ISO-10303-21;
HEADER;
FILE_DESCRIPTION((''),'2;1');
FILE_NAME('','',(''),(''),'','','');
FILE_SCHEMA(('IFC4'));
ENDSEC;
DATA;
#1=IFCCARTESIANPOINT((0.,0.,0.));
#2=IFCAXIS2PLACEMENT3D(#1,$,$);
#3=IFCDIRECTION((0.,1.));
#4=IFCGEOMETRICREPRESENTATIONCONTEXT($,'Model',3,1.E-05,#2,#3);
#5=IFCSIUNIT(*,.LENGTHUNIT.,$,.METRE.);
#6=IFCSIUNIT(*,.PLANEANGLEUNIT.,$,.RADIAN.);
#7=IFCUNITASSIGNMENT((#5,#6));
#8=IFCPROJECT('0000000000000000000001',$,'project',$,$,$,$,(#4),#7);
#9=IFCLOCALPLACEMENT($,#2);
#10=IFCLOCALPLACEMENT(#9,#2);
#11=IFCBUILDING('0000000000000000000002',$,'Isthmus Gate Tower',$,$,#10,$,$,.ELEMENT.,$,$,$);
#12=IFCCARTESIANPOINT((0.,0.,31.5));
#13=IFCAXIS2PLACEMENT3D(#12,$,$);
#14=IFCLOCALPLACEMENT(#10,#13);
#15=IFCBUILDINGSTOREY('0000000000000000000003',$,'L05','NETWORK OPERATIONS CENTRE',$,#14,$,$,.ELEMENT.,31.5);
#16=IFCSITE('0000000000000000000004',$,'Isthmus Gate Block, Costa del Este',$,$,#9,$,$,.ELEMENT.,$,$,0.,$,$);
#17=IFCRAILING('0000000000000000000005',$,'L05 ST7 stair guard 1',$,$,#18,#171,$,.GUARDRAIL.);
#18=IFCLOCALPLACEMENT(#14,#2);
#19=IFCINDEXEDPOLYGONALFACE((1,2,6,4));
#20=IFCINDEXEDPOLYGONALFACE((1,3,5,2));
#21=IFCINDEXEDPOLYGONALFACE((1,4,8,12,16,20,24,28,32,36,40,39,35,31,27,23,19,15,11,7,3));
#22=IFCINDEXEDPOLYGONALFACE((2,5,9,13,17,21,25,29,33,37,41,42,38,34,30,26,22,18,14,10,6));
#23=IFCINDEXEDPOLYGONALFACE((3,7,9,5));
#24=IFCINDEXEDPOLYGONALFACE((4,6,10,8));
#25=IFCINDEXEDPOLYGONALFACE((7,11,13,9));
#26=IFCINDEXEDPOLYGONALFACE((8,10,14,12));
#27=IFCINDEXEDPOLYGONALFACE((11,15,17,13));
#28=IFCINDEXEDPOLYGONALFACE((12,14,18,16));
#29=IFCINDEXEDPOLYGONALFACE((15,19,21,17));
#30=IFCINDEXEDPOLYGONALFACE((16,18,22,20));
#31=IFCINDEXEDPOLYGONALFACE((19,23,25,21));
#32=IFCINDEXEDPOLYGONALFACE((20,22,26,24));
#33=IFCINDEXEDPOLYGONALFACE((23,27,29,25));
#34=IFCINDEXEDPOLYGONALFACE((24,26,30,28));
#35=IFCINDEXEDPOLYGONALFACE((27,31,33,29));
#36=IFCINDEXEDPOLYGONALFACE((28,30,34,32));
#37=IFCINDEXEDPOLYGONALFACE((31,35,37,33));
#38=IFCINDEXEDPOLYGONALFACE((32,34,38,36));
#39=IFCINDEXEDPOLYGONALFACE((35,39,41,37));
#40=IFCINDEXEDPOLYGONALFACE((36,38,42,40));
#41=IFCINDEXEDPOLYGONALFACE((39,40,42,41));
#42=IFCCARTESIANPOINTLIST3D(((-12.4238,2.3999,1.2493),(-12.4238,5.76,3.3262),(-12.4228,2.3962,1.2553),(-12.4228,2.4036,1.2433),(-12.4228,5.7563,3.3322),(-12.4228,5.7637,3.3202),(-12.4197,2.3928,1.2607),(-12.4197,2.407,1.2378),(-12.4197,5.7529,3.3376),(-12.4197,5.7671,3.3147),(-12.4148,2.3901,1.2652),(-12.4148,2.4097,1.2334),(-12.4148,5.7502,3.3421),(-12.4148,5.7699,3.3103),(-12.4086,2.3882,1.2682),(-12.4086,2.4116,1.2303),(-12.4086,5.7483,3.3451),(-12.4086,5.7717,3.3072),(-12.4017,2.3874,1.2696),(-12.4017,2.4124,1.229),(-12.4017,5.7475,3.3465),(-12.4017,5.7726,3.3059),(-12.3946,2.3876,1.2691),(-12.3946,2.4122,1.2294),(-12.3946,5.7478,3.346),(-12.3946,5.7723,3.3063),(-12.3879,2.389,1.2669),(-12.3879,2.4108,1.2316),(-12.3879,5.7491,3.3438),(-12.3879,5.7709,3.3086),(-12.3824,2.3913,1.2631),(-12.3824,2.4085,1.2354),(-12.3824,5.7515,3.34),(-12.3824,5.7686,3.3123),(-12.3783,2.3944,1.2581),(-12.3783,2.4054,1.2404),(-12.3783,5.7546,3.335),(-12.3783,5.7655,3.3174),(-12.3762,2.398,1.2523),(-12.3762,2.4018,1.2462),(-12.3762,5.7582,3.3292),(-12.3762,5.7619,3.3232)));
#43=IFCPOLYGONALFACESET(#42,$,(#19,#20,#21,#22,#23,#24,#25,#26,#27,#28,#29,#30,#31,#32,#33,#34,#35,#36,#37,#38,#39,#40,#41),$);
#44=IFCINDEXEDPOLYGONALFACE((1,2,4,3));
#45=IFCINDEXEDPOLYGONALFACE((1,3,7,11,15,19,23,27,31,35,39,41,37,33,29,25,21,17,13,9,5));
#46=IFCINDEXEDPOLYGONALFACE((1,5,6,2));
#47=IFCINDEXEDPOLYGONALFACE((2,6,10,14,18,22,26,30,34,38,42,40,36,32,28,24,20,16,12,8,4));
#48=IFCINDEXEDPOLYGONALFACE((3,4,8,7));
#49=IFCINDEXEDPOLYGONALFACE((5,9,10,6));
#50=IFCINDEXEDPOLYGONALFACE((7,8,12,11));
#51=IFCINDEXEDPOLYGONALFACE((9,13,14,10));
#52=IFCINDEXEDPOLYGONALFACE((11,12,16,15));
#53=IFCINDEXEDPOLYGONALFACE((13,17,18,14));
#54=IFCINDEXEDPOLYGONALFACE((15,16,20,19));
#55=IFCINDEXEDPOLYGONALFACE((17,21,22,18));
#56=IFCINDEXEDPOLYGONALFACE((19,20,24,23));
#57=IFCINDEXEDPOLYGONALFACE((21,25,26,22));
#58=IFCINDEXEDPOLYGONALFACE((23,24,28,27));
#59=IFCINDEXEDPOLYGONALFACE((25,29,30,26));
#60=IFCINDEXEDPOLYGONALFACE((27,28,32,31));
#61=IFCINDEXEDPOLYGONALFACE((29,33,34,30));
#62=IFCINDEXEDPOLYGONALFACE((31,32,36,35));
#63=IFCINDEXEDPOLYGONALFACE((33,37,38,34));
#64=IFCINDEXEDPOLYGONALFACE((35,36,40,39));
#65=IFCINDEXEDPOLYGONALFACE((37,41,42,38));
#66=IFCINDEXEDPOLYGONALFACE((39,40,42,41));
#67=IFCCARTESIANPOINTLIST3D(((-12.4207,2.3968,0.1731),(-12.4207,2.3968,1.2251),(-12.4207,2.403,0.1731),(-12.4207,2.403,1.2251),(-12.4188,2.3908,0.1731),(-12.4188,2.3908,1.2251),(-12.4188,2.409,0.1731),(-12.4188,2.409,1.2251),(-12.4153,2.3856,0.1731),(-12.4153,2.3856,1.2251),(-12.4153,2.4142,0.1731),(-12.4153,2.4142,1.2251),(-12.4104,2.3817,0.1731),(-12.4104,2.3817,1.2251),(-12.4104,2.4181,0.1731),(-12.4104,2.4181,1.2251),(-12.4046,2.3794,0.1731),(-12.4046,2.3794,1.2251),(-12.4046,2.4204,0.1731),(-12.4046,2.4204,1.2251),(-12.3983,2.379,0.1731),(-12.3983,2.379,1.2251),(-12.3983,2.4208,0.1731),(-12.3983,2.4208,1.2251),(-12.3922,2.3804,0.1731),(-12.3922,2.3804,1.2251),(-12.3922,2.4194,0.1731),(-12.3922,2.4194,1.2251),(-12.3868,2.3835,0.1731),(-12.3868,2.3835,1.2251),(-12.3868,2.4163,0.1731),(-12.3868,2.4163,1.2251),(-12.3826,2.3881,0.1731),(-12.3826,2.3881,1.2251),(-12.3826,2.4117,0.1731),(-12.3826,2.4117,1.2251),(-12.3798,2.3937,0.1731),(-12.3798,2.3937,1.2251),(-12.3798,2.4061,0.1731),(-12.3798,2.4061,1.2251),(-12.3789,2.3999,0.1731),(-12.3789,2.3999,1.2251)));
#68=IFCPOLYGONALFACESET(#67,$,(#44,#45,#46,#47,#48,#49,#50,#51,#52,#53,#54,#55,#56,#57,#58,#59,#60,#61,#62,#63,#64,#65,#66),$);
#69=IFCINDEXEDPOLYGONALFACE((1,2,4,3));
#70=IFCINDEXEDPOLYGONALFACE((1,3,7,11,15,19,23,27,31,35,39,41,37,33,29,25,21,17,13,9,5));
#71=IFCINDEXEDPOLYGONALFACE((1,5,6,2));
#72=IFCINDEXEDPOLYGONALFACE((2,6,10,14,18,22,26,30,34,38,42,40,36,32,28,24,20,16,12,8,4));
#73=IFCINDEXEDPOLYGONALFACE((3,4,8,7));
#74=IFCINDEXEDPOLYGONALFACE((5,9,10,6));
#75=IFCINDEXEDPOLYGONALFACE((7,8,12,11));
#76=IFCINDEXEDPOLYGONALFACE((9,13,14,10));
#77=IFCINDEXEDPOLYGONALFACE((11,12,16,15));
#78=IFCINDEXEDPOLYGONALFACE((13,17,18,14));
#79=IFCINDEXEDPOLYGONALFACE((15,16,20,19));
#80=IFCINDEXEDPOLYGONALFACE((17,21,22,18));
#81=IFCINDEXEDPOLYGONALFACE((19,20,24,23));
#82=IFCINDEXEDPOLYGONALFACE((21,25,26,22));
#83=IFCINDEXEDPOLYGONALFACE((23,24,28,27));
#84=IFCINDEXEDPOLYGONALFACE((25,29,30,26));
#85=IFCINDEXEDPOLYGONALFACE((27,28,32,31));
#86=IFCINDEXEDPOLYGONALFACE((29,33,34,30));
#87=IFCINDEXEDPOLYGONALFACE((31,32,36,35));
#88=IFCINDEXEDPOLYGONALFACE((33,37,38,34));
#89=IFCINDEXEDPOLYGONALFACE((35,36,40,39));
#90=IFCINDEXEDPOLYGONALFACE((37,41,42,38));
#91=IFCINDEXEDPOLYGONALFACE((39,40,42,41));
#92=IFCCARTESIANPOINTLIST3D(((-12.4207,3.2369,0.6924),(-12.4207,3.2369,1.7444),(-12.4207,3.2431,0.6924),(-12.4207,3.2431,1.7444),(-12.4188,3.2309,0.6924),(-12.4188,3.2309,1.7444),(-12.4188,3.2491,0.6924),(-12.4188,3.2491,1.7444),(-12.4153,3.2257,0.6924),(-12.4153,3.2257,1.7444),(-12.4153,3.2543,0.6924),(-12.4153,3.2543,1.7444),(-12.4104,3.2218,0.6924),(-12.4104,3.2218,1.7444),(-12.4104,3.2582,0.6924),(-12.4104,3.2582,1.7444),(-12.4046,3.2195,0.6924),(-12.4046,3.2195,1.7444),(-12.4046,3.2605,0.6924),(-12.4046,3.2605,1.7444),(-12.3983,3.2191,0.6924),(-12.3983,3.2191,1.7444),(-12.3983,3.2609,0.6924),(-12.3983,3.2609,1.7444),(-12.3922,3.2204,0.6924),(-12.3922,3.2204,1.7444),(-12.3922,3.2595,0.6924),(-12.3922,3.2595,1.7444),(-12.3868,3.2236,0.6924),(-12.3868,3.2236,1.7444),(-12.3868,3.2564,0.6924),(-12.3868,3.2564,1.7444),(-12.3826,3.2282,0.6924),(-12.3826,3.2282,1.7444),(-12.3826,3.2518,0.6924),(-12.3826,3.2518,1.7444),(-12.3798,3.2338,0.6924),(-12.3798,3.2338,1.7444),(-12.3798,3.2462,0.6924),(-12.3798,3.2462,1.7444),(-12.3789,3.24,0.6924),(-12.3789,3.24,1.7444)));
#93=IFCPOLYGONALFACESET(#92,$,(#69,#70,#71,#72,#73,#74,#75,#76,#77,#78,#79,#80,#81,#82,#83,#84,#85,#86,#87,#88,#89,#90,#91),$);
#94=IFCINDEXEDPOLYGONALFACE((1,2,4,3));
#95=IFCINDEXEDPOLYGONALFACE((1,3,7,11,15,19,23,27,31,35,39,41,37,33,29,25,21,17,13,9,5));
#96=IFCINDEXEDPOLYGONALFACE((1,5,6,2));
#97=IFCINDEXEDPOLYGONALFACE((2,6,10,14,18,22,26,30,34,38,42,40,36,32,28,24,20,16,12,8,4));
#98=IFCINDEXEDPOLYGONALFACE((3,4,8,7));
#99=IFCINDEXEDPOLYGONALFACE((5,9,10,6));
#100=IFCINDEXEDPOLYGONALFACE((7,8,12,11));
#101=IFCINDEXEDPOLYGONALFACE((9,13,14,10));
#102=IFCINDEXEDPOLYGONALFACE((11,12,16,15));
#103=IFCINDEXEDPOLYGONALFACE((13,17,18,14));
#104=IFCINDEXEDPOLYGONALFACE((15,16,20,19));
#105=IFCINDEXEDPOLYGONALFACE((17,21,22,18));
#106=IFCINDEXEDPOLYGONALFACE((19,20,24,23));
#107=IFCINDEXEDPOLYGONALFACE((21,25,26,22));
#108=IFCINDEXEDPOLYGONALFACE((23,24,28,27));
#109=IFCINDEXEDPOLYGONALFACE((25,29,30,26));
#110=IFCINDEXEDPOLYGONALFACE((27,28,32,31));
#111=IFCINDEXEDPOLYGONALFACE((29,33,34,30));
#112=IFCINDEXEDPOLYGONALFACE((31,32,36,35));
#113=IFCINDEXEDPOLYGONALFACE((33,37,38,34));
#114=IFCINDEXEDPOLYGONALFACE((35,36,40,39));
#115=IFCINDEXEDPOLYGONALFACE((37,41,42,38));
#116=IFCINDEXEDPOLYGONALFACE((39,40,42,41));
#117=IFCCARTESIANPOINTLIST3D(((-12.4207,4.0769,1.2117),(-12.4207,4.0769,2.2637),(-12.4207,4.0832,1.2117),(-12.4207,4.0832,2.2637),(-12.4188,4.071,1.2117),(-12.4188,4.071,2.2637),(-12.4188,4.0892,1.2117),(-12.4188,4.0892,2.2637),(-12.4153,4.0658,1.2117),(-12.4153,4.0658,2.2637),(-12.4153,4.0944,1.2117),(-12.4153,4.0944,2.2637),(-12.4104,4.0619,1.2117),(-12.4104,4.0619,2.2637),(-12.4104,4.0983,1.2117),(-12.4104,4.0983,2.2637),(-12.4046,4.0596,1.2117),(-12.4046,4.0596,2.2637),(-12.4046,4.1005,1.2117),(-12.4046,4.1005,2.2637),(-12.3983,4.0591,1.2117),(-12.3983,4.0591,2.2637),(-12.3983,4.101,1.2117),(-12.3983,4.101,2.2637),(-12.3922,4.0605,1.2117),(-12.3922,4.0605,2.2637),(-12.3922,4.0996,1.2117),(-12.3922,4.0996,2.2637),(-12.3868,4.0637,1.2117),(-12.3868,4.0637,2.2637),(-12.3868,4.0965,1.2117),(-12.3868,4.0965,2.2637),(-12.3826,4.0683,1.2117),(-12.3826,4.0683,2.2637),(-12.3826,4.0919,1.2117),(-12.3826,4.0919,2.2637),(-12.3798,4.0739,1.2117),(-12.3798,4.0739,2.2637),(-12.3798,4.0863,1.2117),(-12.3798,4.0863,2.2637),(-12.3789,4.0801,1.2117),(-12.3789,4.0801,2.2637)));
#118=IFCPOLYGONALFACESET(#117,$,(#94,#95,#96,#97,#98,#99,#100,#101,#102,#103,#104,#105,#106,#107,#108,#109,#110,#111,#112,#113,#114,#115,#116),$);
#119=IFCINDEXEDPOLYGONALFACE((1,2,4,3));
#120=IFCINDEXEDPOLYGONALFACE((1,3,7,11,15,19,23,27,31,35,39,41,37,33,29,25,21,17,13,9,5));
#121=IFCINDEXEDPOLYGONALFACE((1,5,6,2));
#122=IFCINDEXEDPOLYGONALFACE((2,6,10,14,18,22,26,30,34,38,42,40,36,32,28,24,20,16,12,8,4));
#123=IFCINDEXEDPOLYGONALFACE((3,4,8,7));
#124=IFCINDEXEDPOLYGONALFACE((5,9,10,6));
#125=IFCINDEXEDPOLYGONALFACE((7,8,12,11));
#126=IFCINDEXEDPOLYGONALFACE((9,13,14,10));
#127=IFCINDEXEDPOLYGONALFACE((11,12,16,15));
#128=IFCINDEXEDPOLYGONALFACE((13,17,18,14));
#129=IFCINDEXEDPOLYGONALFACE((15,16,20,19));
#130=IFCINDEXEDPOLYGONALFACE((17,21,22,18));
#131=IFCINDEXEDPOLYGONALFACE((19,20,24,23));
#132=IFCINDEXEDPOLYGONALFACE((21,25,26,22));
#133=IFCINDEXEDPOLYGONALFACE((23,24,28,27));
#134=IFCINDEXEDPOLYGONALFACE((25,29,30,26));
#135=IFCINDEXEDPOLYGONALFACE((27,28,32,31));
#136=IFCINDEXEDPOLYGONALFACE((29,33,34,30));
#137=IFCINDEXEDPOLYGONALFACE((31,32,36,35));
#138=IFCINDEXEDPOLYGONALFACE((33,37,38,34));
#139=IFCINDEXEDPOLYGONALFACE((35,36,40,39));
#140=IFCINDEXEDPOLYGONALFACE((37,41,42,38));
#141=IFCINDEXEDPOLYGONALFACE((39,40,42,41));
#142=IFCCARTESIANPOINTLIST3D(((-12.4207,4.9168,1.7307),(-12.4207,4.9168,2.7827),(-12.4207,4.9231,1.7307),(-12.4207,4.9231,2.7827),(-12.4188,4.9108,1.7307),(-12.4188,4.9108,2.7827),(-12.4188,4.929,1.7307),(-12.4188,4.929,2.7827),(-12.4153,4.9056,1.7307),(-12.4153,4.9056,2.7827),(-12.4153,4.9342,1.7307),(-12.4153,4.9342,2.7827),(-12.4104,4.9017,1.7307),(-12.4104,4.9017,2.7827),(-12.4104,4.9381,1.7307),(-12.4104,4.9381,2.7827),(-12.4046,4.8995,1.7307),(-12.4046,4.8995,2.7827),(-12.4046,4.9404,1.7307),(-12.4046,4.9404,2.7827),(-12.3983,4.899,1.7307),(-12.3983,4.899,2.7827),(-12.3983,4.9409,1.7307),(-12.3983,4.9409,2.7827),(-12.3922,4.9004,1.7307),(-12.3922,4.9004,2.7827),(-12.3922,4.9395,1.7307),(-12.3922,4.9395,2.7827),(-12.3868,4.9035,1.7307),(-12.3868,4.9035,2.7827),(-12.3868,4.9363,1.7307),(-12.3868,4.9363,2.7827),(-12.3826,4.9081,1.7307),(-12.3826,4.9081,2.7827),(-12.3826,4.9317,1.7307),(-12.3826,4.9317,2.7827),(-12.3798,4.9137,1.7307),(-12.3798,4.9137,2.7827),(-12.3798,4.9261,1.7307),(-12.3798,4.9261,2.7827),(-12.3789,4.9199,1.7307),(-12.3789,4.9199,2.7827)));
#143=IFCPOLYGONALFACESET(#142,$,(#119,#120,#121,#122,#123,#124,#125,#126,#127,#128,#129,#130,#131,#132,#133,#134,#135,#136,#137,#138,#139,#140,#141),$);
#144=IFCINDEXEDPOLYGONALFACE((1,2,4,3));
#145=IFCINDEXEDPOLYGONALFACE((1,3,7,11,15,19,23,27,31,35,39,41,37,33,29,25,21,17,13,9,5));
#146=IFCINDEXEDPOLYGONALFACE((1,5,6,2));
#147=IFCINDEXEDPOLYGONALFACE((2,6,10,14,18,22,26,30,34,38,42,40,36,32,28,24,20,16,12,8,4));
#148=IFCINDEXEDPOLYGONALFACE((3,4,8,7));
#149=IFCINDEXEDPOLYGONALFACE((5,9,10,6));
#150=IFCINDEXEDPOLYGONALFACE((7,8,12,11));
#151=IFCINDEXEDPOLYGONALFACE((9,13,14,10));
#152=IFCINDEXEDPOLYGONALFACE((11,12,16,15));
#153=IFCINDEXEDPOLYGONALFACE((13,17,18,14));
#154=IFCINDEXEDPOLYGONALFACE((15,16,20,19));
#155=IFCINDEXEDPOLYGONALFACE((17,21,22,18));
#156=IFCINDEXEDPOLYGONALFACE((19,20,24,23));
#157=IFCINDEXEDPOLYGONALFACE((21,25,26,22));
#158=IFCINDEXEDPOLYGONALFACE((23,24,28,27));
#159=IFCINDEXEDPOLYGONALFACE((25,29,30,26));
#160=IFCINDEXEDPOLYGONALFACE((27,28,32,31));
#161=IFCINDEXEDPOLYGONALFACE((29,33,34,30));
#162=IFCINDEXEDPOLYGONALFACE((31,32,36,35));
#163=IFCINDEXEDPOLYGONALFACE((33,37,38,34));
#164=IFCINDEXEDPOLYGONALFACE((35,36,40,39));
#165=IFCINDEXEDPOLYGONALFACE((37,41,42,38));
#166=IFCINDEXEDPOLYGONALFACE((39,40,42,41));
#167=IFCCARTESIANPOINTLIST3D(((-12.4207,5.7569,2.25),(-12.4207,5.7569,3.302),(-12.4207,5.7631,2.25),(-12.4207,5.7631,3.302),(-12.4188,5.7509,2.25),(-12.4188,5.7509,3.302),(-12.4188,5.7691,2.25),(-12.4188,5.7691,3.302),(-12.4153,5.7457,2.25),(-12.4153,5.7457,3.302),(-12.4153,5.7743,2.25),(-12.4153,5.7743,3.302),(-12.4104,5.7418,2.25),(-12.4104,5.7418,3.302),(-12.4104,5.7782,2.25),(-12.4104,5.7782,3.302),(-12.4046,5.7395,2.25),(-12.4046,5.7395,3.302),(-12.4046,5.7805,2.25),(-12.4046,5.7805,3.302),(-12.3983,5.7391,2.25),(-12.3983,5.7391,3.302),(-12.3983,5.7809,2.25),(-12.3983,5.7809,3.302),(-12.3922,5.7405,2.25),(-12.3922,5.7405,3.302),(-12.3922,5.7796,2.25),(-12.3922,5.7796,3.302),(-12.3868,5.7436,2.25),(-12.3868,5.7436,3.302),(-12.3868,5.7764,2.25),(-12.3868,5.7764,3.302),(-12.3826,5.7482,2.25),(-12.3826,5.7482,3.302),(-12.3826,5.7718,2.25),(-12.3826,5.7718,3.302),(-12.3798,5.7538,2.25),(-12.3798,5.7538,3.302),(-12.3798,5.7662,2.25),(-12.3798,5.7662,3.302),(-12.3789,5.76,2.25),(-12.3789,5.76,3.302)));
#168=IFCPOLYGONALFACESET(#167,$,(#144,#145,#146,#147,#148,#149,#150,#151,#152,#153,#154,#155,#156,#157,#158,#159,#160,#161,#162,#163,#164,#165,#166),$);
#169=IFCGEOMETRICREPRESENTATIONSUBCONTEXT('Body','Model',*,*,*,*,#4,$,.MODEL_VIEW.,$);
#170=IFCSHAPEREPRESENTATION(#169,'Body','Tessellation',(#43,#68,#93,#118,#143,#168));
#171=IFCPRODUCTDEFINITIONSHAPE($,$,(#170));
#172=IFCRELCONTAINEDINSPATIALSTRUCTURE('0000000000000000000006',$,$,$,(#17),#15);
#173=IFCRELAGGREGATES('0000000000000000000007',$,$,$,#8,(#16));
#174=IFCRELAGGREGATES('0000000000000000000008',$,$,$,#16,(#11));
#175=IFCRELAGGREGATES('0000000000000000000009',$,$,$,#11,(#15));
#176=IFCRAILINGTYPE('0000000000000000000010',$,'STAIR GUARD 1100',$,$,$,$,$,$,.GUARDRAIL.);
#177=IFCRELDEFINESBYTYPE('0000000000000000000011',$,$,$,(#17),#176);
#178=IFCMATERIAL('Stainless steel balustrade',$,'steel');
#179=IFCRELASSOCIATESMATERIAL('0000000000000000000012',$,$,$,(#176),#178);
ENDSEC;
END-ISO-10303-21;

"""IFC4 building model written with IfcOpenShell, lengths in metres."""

from ifc_helpers import new_model, si_unit, direction, frame, origin, origin_2d, place, context, subcontext, project, spatial, circle, extrude, material, type_object, element, save


model = new_model("IFC4")

# Units and contexts
model_context = context("Model", 3, precision=1e-05, world=origin(), true_north=direction((0.0, 1.0)))
body_context = subcontext(model_context, "Body", "Model", "MODEL_VIEW")
ifc_project = project(units=[si_unit("LENGTHUNIT", "METRE"), si_unit("PLANEANGLEUNIT", "RADIAN")], contexts=[model_context])

# Site, building, storey
site_placement = place(None, origin())
site = spatial("IfcSite", under=ifc_project, at=site_placement, Name="Isthmus Gate Block, Costa del Este", CompositionType="ELEMENT", RefElevation=0.0)
building_placement = place(site_placement, origin())
building = spatial("IfcBuilding", under=site, at=building_placement, Name="Isthmus Gate Tower", CompositionType="ELEMENT")
storey_placement = place(building_placement, frame((0.0, 0.0, 31.5)))
storey = spatial("IfcBuildingStorey", under=building, at=storey_placement, Name="L05", Description="NETWORK OPERATIONS CENTRE", CompositionType="ELEMENT", Elevation=31.5)

# Railing
ifc_material_1 = material(Name="Stainless steel balustrade", Category="steel")
railing_type_1 = type_object("IfcRailingType", Name="STAIR GUARD 1100", PredefinedType="GUARDRAIL", material=ifc_material_1)
railing_1_placement = place(storey_placement, frame((-12.3999, 2.3999, 0.1731)))
element("IfcRailing", 1, at=railing_1_placement, inside=storey, type_object=railing_type_1, Name="L05 ST7 stair guard 1", PredefinedType="GUARDRAIL", context=body_context, shape_type="SweptSolid", body=[
    extrude(circle(Radius=0.0239, at=origin_2d()), frame((0.0, 0.0, 1.0762), z_axis=(0.0, 0.850623, 0.525776), x_axis=(-1.0, 0.0, 0.0)), (0.0, 0.0, 1.0), 3.9502),
    extrude(circle(Radius=0.021, at=origin_2d()), origin(), (0.0, 0.0, 1.0), 1.052),
    extrude(circle(Radius=0.021, at=origin_2d()), frame((0.0, 0.8401, 0.5193)), (0.0, 0.0, 1.0), 1.052),
    extrude(circle(Radius=0.021, at=origin_2d()), frame((0.0, 1.6802, 1.0386)), (0.0, 0.0, 1.0), 1.052),
    extrude(circle(Radius=0.021, at=origin_2d()), frame((0.0, 2.52, 1.5576)), (0.0, 0.0, 1.0), 1.052),
    extrude(circle(Radius=0.021, at=origin_2d()), frame((0.0, 3.3601, 2.0769)), (0.0, 0.0, 1.0), 1.052),
])

save(model, "model.ifc")
